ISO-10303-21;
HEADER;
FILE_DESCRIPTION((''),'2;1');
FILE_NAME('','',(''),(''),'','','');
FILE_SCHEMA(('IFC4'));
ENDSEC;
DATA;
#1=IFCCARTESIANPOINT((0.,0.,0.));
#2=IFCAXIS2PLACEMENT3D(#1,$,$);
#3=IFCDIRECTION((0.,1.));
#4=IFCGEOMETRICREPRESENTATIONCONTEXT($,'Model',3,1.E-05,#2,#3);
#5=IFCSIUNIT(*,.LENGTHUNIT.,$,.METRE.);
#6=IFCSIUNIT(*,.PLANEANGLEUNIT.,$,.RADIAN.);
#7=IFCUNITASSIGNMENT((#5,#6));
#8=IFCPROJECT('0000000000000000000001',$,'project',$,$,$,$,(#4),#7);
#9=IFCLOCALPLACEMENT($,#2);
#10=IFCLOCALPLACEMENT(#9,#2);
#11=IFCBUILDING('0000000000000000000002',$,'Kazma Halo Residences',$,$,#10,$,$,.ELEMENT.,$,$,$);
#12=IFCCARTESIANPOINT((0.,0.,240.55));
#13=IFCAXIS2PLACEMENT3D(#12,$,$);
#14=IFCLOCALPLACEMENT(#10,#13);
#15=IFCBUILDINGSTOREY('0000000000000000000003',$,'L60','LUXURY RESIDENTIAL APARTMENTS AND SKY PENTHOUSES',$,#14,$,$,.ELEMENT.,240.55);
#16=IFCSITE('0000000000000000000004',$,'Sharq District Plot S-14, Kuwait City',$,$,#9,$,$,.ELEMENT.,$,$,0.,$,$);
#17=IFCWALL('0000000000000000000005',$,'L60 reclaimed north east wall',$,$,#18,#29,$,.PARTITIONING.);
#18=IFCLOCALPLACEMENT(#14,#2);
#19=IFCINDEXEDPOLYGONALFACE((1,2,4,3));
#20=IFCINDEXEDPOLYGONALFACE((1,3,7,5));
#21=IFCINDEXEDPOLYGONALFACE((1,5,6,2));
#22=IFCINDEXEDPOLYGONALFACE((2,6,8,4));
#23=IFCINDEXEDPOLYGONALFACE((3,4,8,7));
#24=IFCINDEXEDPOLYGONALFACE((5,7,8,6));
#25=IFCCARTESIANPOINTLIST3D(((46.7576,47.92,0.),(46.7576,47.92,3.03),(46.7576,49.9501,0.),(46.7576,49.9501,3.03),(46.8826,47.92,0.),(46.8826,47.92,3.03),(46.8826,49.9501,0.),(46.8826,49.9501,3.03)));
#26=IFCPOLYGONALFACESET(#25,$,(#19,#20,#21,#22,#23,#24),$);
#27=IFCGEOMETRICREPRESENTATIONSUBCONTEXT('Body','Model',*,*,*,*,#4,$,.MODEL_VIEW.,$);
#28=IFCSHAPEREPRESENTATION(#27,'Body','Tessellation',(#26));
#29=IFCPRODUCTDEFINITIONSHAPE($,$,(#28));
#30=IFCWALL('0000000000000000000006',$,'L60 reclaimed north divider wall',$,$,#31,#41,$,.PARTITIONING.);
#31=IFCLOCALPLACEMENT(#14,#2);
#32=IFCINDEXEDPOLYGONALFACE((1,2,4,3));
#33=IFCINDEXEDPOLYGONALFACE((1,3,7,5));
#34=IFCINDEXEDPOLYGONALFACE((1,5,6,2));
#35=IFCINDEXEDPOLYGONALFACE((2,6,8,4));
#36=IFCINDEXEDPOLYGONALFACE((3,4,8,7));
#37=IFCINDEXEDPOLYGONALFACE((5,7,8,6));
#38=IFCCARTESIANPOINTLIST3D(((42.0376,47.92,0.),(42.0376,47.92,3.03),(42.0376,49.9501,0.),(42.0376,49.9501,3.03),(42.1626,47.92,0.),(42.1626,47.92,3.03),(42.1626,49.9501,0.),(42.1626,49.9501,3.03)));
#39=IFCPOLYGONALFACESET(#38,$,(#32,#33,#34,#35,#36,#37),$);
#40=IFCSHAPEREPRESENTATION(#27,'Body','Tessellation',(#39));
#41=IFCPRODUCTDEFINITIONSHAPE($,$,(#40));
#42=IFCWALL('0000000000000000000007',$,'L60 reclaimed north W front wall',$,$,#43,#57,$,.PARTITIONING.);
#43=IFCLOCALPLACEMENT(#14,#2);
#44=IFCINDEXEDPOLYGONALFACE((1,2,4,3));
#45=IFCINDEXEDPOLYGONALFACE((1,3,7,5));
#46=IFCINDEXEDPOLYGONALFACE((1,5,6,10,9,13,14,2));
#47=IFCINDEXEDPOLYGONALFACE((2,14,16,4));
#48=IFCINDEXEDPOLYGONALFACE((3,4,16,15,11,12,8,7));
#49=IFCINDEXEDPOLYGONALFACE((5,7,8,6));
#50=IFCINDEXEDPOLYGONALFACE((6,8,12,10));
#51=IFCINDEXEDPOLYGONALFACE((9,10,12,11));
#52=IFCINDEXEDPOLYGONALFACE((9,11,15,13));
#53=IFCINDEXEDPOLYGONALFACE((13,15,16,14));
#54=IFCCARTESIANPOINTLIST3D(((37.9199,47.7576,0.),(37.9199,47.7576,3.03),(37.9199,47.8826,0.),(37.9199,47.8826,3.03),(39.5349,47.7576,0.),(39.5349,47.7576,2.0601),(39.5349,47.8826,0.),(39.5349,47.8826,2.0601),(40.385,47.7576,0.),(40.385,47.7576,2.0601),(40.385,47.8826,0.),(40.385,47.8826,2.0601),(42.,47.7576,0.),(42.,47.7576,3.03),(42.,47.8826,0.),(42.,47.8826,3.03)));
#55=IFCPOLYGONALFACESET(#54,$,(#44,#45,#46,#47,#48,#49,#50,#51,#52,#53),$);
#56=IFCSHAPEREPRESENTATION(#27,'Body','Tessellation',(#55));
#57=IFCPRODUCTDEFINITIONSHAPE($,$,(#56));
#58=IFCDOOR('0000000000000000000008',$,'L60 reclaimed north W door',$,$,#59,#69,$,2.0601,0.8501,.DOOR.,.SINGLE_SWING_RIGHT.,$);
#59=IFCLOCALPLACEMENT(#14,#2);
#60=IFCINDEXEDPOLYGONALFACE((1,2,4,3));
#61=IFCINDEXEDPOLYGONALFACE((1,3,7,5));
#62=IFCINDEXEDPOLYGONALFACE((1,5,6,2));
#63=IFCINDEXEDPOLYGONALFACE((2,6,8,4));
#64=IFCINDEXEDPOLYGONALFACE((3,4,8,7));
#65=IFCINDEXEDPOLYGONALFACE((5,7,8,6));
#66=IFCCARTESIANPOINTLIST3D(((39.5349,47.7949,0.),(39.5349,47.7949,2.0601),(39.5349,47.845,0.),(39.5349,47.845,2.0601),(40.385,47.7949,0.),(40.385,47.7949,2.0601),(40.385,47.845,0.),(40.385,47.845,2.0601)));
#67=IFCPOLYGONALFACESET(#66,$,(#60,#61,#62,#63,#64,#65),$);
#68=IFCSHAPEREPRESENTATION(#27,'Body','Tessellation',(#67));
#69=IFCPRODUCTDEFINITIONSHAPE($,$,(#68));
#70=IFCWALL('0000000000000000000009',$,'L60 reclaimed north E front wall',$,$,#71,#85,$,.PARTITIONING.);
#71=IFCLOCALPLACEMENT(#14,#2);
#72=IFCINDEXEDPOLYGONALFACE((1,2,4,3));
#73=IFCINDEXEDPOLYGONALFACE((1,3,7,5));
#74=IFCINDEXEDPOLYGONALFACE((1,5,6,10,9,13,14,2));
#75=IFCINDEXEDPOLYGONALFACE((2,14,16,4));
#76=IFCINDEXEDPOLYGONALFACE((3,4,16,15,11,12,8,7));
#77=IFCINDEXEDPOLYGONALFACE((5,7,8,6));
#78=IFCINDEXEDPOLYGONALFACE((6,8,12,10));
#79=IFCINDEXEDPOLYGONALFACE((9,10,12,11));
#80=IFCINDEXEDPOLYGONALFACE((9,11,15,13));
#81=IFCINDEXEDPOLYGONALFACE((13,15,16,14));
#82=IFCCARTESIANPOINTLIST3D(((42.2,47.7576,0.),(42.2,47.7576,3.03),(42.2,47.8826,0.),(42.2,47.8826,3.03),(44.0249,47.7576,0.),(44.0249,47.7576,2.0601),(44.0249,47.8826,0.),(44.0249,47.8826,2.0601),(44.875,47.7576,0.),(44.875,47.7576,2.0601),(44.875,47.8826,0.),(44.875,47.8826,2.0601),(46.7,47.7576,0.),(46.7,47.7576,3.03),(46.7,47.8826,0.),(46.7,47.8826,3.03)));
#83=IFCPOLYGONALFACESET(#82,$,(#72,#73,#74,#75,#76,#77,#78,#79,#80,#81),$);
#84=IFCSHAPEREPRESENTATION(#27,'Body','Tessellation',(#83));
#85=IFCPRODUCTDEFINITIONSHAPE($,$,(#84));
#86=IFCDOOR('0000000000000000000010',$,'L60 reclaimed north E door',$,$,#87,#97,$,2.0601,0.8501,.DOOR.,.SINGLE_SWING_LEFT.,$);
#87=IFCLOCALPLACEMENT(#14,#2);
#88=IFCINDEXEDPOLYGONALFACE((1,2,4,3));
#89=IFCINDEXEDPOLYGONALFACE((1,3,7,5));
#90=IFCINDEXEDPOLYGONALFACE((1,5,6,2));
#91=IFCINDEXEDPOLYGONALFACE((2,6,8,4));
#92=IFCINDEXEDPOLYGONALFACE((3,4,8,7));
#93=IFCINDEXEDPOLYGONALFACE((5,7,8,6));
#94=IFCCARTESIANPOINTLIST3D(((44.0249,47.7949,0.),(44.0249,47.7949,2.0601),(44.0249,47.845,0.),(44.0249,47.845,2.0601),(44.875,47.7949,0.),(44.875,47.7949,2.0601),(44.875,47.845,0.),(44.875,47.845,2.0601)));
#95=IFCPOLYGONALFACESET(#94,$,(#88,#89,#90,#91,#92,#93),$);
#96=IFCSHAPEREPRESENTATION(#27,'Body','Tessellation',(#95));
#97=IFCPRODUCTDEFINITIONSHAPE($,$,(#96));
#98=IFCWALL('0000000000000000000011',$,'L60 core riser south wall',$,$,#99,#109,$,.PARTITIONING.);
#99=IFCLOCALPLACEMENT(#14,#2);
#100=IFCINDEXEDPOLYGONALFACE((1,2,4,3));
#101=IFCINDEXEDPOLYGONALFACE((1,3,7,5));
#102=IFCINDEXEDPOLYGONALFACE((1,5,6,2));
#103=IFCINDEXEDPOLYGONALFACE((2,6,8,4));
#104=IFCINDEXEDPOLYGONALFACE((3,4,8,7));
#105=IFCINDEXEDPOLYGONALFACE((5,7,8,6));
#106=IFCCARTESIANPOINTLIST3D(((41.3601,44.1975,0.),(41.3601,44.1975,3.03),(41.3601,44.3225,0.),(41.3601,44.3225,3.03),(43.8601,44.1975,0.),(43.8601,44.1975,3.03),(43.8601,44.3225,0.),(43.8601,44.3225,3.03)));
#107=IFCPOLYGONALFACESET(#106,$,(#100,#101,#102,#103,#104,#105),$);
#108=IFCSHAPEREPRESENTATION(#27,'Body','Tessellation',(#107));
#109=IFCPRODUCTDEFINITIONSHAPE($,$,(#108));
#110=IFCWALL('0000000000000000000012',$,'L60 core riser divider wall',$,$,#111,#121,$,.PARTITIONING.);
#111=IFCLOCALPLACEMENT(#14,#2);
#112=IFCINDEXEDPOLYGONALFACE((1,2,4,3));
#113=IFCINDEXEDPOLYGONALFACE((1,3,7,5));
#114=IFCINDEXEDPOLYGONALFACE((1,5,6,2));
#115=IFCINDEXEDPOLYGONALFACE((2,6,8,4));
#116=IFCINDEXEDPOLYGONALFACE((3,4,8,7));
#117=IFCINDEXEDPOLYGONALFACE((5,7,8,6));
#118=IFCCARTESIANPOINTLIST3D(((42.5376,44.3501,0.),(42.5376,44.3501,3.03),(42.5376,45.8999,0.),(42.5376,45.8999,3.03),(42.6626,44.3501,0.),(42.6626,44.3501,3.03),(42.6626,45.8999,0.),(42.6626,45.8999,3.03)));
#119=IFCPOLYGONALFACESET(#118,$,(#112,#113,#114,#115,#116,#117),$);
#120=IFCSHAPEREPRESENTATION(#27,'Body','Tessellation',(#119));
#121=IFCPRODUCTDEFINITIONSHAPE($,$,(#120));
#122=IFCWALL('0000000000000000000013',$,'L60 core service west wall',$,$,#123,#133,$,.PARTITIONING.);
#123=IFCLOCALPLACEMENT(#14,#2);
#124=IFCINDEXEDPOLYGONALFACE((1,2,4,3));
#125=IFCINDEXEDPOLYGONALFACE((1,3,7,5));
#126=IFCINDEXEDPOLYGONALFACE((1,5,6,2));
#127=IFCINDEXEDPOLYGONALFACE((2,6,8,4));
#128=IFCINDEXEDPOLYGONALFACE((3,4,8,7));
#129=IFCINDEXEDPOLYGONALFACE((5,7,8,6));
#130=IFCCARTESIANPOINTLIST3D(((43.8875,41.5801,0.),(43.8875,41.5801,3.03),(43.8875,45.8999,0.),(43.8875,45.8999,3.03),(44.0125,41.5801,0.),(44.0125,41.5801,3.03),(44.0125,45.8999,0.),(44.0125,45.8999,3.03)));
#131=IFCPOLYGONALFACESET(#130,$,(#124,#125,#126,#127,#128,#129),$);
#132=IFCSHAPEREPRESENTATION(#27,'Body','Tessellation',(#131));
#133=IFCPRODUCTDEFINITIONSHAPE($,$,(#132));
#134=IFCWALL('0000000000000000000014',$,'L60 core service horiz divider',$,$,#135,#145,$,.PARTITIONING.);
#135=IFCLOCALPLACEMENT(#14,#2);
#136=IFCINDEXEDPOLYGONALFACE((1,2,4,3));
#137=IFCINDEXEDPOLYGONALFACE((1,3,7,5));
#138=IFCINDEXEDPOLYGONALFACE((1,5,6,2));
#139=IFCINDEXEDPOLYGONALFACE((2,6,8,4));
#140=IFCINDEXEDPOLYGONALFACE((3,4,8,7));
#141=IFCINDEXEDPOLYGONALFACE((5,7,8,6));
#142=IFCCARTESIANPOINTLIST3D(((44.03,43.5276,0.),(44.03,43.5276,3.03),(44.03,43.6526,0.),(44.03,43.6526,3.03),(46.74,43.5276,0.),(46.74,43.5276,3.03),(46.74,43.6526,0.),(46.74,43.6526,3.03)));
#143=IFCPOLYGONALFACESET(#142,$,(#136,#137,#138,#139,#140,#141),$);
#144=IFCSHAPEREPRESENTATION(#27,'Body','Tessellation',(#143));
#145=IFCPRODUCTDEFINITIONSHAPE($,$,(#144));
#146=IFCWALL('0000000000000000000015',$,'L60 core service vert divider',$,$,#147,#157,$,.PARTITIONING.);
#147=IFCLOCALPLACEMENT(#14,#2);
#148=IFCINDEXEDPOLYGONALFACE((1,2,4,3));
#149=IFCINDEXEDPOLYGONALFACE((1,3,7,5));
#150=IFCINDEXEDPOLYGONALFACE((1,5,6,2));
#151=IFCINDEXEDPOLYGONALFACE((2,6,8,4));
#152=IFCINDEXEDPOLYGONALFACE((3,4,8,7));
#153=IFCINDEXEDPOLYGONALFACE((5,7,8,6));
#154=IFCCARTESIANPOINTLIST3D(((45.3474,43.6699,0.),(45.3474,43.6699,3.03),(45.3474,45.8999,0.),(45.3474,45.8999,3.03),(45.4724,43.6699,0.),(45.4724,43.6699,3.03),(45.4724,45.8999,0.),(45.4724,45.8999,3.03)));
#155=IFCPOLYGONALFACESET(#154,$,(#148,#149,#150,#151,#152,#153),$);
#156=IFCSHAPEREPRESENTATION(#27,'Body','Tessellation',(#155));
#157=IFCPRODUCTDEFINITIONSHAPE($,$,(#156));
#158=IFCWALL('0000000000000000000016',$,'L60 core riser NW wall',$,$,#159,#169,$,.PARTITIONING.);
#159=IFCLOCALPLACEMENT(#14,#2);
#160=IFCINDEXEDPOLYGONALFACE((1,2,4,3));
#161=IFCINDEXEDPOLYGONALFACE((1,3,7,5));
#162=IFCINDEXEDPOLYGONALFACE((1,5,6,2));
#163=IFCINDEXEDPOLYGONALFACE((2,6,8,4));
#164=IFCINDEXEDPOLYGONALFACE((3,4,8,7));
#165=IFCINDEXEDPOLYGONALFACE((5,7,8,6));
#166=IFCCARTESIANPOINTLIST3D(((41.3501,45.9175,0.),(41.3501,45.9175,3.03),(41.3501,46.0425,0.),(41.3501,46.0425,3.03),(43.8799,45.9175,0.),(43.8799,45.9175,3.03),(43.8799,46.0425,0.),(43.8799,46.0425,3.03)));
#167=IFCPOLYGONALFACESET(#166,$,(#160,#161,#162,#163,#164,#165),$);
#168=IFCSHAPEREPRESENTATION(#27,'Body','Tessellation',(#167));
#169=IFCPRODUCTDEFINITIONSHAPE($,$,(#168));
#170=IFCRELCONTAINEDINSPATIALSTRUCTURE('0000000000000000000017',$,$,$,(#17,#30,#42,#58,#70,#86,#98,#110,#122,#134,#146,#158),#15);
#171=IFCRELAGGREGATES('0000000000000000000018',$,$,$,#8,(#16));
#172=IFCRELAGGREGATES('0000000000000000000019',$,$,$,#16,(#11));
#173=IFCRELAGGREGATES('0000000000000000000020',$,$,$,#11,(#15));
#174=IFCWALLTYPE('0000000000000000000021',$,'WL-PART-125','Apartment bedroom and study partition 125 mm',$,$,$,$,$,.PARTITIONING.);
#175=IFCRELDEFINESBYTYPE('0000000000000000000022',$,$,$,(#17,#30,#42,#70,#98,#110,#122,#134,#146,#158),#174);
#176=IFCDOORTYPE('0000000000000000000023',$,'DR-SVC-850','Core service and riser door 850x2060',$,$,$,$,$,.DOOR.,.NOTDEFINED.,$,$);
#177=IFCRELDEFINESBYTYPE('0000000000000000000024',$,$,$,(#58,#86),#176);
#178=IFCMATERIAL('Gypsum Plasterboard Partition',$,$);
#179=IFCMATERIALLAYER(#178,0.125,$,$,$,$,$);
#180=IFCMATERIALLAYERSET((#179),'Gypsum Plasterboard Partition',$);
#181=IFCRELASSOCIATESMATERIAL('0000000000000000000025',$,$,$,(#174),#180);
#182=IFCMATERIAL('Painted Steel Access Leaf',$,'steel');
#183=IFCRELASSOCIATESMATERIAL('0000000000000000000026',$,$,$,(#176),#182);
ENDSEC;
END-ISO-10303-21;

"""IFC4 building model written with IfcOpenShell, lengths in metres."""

from ifc_helpers import new_model, si_unit, direction, frame, frame_2d, origin, place, context, subcontext, project, spatial, rectangle, extrude, material, layer, layer_set, type_object, element, fill, save


model = new_model("IFC4")

# Units and contexts
model_context = context("Model", 3, precision=1e-05, world=origin(), true_north=direction((0.0, 1.0)))
body_context = subcontext(model_context, "Body", "Model", "MODEL_VIEW")
ifc_project = project(units=[si_unit("LENGTHUNIT", "METRE"), si_unit("PLANEANGLEUNIT", "RADIAN")], contexts=[model_context])

# Site, building, storey
site_placement = place(None, origin())
site = spatial("IfcSite", under=ifc_project, at=site_placement, Name="Sharq District Plot S-14, Kuwait City", CompositionType="ELEMENT", RefElevation=0.0)
building_placement = place(site_placement, origin())
building = spatial("IfcBuilding", under=site, at=building_placement, Name="Kazma Halo Residences", CompositionType="ELEMENT")
storey_placement = place(building_placement, frame((0.0, 0.0, 240.55)))
storey = spatial("IfcBuildingStorey", under=building, at=storey_placement, Name="L60", Description="LUXURY RESIDENTIAL APARTMENTS AND SKY PENTHOUSES", CompositionType="ELEMENT", Elevation=240.55)

# Walls
ifc_material_1 = material(Name="Gypsum Plasterboard Partition")
ifc_layer_1 = layer(ifc_material_1, 0.125)
ifc_layer_set_1 = layer_set([ifc_layer_1], Name="Gypsum Plasterboard Partition")
wall_type_1 = type_object("IfcWallType", Name="WL-PART-125", Description="Apartment bedroom and study partition 125 mm", PredefinedType="PARTITIONING", material=ifc_layer_set_1)
for number, where, z_axis, x_axis, name in (
    (1, (46.8201, 47.9199, 0.0), (0.0, 0.0, 1.0), (0.0, 1.0, 0.0), "L60 reclaimed north east wall"),
    (2, (42.1001, 47.9199, 0.0), (0.0, 0.0, 1.0), (0.0, 1.0, 0.0), "L60 reclaimed north divider wall"),
):
    element("IfcWall", number, at=place(storey_placement, frame(where, z_axis=z_axis, x_axis=x_axis)), inside=storey, type_object=wall_type_1, Name=name, PredefinedType="PARTITIONING", context=body_context, shape_type="SweptSolid", body=[
        extrude(rectangle(XDim=2.03, YDim=0.125, at=frame_2d((1.0151, 0.0))), origin(), (0.0, 0.0, 1.0), 3.03),
    ])

# Walls, openings, doors
wall_1_placement = place(storey_placement, frame((37.9199, 47.8201, 0.0), z_axis=(0.0, 0.0, 1.0), x_axis=(1.0, 0.0, 0.0)))
wall_1 = element("IfcWall", 3, at=wall_1_placement, inside=storey, type_object=wall_type_1, Name="L60 reclaimed north W front wall", PredefinedType="PARTITIONING", context=body_context, shape_type="SweptSolid", body=[
    extrude(rectangle(XDim=4.0801, YDim=0.125, at=frame_2d((2.04, 0.0))), origin(), (0.0, 0.0, 1.0), 3.03),
])
opening_1_placement = place(wall_1_placement, frame((1.615, 0.0, 0.0)))
opening_1 = element("IfcOpeningElement", 4, at=opening_1_placement, cuts=wall_1, PredefinedType="OPENING", context=body_context, shape_type="SweptSolid", body=[
    extrude(rectangle(XDim=0.8501, YDim=2.0601, at=frame_2d((0.425, 1.03))), frame((0.0, 0.0725, 0.0), z_axis=(0.0, -1.0, 0.0), x_axis=(1.0, 0.0, 0.0)), (0.0, 0.0, 1.0), 0.145),
])
ifc_material_2 = material(Name="Painted Steel Access Leaf", Category="steel")
door_type_1 = type_object("IfcDoorType", Name="DR-SVC-850", Description="Core service and riser door 850x2060", OperationType="NOTDEFINED", PredefinedType="DOOR", material=ifc_material_2)
door_1_placement = place(opening_1_placement, origin())
door_1 = element("IfcDoor", 5, at=door_1_placement, inside=storey, type_object=door_type_1, Name="L60 reclaimed north W door", OperationType="SINGLE_SWING_RIGHT", OverallHeight=2.0601, OverallWidth=0.8501, PredefinedType="DOOR", context=body_context, shape_type="SweptSolid", body=[
    extrude(rectangle(XDim=0.8501, YDim=2.0601, at=frame_2d((0.425, 1.03))), frame((0.0, 0.0249, 0.0), z_axis=(0.0, -1.0, 0.0), x_axis=(1.0, 0.0, 0.0)), (0.0, 0.0, 1.0), 0.05),
])
fill(opening_1, door_1)
wall_2_placement = place(storey_placement, frame((42.2, 47.8201, 0.0), z_axis=(0.0, 0.0, 1.0), x_axis=(1.0, 0.0, 0.0)))
wall_2 = element("IfcWall", 6, at=wall_2_placement, inside=storey, type_object=wall_type_1, Name="L60 reclaimed north E front wall", PredefinedType="PARTITIONING", context=body_context, shape_type="SweptSolid", body=[
    extrude(rectangle(XDim=4.5, YDim=0.125, at=frame_2d((2.25, 0.0))), origin(), (0.0, 0.0, 1.0), 3.03),
])
opening_2_placement = place(wall_2_placement, frame((1.825, 0.0, 0.0)))
opening_2 = element("IfcOpeningElement", 7, at=opening_2_placement, cuts=wall_2, PredefinedType="OPENING", context=body_context, shape_type="SweptSolid", body=[
    extrude(rectangle(XDim=0.8501, YDim=2.0601, at=frame_2d((0.425, 1.03))), frame((0.0, 0.0725, 0.0), z_axis=(0.0, -1.0, 0.0), x_axis=(1.0, 0.0, 0.0)), (0.0, 0.0, 1.0), 0.145),
])
door_2_placement = place(opening_2_placement, origin())
door_2 = element("IfcDoor", 8, at=door_2_placement, inside=storey, type_object=door_type_1, Name="L60 reclaimed north E door", OperationType="SINGLE_SWING_LEFT", OverallHeight=2.0601, OverallWidth=0.8501, PredefinedType="DOOR", context=body_context, shape_type="SweptSolid", body=[
    extrude(rectangle(XDim=0.8501, YDim=2.0601, at=frame_2d((0.425, 1.03))), frame((0.0, 0.0249, 0.0), z_axis=(0.0, -1.0, 0.0), x_axis=(1.0, 0.0, 0.0)), (0.0, 0.0, 1.0), 0.05),
])
fill(opening_2, door_2)

# Walls
wall_3_placement = place(storey_placement, frame((41.3601, 44.26, 0.0), z_axis=(0.0, 0.0, 1.0), x_axis=(1.0, 0.0, 0.0)))
element("IfcWall", 9, at=wall_3_placement, inside=storey, type_object=wall_type_1, Name="L60 core riser south wall", PredefinedType="PARTITIONING", context=body_context, shape_type="SweptSolid", body=[
    extrude(rectangle(XDim=2.5, YDim=0.125, at=frame_2d((1.25, 0.0))), origin(), (0.0, 0.0, 1.0), 3.03),
])
wall_4_placement = place(storey_placement, frame((42.6001, 44.3501, 0.0), z_axis=(0.0, 0.0, 1.0), x_axis=(0.0, 1.0, 0.0)))
element("IfcWall", 10, at=wall_4_placement, inside=storey, type_object=wall_type_1, Name="L60 core riser divider wall", PredefinedType="PARTITIONING", context=body_context, shape_type="SweptSolid", body=[
    extrude(rectangle(XDim=1.5498, YDim=0.125, at=frame_2d((0.7749, 0.0))), origin(), (0.0, 0.0, 1.0), 3.03),
])
wall_5_placement = place(storey_placement, frame((43.95, 41.5801, 0.0), z_axis=(0.0, 0.0, 1.0), x_axis=(0.0, 1.0, 0.0)))
element("IfcWall", 11, at=wall_5_placement, inside=storey, type_object=wall_type_1, Name="L60 core service west wall", PredefinedType="PARTITIONING", context=body_context, shape_type="SweptSolid", body=[
    extrude(rectangle(XDim=4.3198, YDim=0.125, at=frame_2d((2.1599, 0.0))), origin(), (0.0, 0.0, 1.0), 3.03),
])
wall_6_placement = place(storey_placement, frame((44.03, 43.5901, 0.0), z_axis=(0.0, 0.0, 1.0), x_axis=(1.0, 0.0, 0.0)))
element("IfcWall", 12, at=wall_6_placement, inside=storey, type_object=wall_type_1, Name="L60 core service horiz divider", PredefinedType="PARTITIONING", context=body_context, shape_type="SweptSolid", body=[
    extrude(rectangle(XDim=2.71, YDim=0.125, at=frame_2d((1.355, 0.0))), origin(), (0.0, 0.0, 1.0), 3.03),
])
wall_7_placement = place(storey_placement, frame((45.4099, 43.6699, 0.0), z_axis=(0.0, 0.0, 1.0), x_axis=(0.0, 1.0, 0.0)))
element("IfcWall", 13, at=wall_7_placement, inside=storey, type_object=wall_type_1, Name="L60 core service vert divider", PredefinedType="PARTITIONING", context=body_context, shape_type="SweptSolid", body=[
    extrude(rectangle(XDim=2.23, YDim=0.125, at=frame_2d((1.115, 0.0))), origin(), (0.0, 0.0, 1.0), 3.03),
])
wall_8_placement = place(storey_placement, frame((41.3501, 45.98, 0.0), z_axis=(0.0, 0.0, 1.0), x_axis=(1.0, 0.0, 0.0)))
element("IfcWall", 14, at=wall_8_placement, inside=storey, type_object=wall_type_1, Name="L60 core riser NW wall", PredefinedType="PARTITIONING", context=body_context, shape_type="SweptSolid", body=[
    extrude(rectangle(XDim=2.5298, YDim=0.125, at=frame_2d((1.2649, 0.0))), origin(), (0.0, 0.0, 1.0), 3.03),
])

save(model, "model.ifc")
